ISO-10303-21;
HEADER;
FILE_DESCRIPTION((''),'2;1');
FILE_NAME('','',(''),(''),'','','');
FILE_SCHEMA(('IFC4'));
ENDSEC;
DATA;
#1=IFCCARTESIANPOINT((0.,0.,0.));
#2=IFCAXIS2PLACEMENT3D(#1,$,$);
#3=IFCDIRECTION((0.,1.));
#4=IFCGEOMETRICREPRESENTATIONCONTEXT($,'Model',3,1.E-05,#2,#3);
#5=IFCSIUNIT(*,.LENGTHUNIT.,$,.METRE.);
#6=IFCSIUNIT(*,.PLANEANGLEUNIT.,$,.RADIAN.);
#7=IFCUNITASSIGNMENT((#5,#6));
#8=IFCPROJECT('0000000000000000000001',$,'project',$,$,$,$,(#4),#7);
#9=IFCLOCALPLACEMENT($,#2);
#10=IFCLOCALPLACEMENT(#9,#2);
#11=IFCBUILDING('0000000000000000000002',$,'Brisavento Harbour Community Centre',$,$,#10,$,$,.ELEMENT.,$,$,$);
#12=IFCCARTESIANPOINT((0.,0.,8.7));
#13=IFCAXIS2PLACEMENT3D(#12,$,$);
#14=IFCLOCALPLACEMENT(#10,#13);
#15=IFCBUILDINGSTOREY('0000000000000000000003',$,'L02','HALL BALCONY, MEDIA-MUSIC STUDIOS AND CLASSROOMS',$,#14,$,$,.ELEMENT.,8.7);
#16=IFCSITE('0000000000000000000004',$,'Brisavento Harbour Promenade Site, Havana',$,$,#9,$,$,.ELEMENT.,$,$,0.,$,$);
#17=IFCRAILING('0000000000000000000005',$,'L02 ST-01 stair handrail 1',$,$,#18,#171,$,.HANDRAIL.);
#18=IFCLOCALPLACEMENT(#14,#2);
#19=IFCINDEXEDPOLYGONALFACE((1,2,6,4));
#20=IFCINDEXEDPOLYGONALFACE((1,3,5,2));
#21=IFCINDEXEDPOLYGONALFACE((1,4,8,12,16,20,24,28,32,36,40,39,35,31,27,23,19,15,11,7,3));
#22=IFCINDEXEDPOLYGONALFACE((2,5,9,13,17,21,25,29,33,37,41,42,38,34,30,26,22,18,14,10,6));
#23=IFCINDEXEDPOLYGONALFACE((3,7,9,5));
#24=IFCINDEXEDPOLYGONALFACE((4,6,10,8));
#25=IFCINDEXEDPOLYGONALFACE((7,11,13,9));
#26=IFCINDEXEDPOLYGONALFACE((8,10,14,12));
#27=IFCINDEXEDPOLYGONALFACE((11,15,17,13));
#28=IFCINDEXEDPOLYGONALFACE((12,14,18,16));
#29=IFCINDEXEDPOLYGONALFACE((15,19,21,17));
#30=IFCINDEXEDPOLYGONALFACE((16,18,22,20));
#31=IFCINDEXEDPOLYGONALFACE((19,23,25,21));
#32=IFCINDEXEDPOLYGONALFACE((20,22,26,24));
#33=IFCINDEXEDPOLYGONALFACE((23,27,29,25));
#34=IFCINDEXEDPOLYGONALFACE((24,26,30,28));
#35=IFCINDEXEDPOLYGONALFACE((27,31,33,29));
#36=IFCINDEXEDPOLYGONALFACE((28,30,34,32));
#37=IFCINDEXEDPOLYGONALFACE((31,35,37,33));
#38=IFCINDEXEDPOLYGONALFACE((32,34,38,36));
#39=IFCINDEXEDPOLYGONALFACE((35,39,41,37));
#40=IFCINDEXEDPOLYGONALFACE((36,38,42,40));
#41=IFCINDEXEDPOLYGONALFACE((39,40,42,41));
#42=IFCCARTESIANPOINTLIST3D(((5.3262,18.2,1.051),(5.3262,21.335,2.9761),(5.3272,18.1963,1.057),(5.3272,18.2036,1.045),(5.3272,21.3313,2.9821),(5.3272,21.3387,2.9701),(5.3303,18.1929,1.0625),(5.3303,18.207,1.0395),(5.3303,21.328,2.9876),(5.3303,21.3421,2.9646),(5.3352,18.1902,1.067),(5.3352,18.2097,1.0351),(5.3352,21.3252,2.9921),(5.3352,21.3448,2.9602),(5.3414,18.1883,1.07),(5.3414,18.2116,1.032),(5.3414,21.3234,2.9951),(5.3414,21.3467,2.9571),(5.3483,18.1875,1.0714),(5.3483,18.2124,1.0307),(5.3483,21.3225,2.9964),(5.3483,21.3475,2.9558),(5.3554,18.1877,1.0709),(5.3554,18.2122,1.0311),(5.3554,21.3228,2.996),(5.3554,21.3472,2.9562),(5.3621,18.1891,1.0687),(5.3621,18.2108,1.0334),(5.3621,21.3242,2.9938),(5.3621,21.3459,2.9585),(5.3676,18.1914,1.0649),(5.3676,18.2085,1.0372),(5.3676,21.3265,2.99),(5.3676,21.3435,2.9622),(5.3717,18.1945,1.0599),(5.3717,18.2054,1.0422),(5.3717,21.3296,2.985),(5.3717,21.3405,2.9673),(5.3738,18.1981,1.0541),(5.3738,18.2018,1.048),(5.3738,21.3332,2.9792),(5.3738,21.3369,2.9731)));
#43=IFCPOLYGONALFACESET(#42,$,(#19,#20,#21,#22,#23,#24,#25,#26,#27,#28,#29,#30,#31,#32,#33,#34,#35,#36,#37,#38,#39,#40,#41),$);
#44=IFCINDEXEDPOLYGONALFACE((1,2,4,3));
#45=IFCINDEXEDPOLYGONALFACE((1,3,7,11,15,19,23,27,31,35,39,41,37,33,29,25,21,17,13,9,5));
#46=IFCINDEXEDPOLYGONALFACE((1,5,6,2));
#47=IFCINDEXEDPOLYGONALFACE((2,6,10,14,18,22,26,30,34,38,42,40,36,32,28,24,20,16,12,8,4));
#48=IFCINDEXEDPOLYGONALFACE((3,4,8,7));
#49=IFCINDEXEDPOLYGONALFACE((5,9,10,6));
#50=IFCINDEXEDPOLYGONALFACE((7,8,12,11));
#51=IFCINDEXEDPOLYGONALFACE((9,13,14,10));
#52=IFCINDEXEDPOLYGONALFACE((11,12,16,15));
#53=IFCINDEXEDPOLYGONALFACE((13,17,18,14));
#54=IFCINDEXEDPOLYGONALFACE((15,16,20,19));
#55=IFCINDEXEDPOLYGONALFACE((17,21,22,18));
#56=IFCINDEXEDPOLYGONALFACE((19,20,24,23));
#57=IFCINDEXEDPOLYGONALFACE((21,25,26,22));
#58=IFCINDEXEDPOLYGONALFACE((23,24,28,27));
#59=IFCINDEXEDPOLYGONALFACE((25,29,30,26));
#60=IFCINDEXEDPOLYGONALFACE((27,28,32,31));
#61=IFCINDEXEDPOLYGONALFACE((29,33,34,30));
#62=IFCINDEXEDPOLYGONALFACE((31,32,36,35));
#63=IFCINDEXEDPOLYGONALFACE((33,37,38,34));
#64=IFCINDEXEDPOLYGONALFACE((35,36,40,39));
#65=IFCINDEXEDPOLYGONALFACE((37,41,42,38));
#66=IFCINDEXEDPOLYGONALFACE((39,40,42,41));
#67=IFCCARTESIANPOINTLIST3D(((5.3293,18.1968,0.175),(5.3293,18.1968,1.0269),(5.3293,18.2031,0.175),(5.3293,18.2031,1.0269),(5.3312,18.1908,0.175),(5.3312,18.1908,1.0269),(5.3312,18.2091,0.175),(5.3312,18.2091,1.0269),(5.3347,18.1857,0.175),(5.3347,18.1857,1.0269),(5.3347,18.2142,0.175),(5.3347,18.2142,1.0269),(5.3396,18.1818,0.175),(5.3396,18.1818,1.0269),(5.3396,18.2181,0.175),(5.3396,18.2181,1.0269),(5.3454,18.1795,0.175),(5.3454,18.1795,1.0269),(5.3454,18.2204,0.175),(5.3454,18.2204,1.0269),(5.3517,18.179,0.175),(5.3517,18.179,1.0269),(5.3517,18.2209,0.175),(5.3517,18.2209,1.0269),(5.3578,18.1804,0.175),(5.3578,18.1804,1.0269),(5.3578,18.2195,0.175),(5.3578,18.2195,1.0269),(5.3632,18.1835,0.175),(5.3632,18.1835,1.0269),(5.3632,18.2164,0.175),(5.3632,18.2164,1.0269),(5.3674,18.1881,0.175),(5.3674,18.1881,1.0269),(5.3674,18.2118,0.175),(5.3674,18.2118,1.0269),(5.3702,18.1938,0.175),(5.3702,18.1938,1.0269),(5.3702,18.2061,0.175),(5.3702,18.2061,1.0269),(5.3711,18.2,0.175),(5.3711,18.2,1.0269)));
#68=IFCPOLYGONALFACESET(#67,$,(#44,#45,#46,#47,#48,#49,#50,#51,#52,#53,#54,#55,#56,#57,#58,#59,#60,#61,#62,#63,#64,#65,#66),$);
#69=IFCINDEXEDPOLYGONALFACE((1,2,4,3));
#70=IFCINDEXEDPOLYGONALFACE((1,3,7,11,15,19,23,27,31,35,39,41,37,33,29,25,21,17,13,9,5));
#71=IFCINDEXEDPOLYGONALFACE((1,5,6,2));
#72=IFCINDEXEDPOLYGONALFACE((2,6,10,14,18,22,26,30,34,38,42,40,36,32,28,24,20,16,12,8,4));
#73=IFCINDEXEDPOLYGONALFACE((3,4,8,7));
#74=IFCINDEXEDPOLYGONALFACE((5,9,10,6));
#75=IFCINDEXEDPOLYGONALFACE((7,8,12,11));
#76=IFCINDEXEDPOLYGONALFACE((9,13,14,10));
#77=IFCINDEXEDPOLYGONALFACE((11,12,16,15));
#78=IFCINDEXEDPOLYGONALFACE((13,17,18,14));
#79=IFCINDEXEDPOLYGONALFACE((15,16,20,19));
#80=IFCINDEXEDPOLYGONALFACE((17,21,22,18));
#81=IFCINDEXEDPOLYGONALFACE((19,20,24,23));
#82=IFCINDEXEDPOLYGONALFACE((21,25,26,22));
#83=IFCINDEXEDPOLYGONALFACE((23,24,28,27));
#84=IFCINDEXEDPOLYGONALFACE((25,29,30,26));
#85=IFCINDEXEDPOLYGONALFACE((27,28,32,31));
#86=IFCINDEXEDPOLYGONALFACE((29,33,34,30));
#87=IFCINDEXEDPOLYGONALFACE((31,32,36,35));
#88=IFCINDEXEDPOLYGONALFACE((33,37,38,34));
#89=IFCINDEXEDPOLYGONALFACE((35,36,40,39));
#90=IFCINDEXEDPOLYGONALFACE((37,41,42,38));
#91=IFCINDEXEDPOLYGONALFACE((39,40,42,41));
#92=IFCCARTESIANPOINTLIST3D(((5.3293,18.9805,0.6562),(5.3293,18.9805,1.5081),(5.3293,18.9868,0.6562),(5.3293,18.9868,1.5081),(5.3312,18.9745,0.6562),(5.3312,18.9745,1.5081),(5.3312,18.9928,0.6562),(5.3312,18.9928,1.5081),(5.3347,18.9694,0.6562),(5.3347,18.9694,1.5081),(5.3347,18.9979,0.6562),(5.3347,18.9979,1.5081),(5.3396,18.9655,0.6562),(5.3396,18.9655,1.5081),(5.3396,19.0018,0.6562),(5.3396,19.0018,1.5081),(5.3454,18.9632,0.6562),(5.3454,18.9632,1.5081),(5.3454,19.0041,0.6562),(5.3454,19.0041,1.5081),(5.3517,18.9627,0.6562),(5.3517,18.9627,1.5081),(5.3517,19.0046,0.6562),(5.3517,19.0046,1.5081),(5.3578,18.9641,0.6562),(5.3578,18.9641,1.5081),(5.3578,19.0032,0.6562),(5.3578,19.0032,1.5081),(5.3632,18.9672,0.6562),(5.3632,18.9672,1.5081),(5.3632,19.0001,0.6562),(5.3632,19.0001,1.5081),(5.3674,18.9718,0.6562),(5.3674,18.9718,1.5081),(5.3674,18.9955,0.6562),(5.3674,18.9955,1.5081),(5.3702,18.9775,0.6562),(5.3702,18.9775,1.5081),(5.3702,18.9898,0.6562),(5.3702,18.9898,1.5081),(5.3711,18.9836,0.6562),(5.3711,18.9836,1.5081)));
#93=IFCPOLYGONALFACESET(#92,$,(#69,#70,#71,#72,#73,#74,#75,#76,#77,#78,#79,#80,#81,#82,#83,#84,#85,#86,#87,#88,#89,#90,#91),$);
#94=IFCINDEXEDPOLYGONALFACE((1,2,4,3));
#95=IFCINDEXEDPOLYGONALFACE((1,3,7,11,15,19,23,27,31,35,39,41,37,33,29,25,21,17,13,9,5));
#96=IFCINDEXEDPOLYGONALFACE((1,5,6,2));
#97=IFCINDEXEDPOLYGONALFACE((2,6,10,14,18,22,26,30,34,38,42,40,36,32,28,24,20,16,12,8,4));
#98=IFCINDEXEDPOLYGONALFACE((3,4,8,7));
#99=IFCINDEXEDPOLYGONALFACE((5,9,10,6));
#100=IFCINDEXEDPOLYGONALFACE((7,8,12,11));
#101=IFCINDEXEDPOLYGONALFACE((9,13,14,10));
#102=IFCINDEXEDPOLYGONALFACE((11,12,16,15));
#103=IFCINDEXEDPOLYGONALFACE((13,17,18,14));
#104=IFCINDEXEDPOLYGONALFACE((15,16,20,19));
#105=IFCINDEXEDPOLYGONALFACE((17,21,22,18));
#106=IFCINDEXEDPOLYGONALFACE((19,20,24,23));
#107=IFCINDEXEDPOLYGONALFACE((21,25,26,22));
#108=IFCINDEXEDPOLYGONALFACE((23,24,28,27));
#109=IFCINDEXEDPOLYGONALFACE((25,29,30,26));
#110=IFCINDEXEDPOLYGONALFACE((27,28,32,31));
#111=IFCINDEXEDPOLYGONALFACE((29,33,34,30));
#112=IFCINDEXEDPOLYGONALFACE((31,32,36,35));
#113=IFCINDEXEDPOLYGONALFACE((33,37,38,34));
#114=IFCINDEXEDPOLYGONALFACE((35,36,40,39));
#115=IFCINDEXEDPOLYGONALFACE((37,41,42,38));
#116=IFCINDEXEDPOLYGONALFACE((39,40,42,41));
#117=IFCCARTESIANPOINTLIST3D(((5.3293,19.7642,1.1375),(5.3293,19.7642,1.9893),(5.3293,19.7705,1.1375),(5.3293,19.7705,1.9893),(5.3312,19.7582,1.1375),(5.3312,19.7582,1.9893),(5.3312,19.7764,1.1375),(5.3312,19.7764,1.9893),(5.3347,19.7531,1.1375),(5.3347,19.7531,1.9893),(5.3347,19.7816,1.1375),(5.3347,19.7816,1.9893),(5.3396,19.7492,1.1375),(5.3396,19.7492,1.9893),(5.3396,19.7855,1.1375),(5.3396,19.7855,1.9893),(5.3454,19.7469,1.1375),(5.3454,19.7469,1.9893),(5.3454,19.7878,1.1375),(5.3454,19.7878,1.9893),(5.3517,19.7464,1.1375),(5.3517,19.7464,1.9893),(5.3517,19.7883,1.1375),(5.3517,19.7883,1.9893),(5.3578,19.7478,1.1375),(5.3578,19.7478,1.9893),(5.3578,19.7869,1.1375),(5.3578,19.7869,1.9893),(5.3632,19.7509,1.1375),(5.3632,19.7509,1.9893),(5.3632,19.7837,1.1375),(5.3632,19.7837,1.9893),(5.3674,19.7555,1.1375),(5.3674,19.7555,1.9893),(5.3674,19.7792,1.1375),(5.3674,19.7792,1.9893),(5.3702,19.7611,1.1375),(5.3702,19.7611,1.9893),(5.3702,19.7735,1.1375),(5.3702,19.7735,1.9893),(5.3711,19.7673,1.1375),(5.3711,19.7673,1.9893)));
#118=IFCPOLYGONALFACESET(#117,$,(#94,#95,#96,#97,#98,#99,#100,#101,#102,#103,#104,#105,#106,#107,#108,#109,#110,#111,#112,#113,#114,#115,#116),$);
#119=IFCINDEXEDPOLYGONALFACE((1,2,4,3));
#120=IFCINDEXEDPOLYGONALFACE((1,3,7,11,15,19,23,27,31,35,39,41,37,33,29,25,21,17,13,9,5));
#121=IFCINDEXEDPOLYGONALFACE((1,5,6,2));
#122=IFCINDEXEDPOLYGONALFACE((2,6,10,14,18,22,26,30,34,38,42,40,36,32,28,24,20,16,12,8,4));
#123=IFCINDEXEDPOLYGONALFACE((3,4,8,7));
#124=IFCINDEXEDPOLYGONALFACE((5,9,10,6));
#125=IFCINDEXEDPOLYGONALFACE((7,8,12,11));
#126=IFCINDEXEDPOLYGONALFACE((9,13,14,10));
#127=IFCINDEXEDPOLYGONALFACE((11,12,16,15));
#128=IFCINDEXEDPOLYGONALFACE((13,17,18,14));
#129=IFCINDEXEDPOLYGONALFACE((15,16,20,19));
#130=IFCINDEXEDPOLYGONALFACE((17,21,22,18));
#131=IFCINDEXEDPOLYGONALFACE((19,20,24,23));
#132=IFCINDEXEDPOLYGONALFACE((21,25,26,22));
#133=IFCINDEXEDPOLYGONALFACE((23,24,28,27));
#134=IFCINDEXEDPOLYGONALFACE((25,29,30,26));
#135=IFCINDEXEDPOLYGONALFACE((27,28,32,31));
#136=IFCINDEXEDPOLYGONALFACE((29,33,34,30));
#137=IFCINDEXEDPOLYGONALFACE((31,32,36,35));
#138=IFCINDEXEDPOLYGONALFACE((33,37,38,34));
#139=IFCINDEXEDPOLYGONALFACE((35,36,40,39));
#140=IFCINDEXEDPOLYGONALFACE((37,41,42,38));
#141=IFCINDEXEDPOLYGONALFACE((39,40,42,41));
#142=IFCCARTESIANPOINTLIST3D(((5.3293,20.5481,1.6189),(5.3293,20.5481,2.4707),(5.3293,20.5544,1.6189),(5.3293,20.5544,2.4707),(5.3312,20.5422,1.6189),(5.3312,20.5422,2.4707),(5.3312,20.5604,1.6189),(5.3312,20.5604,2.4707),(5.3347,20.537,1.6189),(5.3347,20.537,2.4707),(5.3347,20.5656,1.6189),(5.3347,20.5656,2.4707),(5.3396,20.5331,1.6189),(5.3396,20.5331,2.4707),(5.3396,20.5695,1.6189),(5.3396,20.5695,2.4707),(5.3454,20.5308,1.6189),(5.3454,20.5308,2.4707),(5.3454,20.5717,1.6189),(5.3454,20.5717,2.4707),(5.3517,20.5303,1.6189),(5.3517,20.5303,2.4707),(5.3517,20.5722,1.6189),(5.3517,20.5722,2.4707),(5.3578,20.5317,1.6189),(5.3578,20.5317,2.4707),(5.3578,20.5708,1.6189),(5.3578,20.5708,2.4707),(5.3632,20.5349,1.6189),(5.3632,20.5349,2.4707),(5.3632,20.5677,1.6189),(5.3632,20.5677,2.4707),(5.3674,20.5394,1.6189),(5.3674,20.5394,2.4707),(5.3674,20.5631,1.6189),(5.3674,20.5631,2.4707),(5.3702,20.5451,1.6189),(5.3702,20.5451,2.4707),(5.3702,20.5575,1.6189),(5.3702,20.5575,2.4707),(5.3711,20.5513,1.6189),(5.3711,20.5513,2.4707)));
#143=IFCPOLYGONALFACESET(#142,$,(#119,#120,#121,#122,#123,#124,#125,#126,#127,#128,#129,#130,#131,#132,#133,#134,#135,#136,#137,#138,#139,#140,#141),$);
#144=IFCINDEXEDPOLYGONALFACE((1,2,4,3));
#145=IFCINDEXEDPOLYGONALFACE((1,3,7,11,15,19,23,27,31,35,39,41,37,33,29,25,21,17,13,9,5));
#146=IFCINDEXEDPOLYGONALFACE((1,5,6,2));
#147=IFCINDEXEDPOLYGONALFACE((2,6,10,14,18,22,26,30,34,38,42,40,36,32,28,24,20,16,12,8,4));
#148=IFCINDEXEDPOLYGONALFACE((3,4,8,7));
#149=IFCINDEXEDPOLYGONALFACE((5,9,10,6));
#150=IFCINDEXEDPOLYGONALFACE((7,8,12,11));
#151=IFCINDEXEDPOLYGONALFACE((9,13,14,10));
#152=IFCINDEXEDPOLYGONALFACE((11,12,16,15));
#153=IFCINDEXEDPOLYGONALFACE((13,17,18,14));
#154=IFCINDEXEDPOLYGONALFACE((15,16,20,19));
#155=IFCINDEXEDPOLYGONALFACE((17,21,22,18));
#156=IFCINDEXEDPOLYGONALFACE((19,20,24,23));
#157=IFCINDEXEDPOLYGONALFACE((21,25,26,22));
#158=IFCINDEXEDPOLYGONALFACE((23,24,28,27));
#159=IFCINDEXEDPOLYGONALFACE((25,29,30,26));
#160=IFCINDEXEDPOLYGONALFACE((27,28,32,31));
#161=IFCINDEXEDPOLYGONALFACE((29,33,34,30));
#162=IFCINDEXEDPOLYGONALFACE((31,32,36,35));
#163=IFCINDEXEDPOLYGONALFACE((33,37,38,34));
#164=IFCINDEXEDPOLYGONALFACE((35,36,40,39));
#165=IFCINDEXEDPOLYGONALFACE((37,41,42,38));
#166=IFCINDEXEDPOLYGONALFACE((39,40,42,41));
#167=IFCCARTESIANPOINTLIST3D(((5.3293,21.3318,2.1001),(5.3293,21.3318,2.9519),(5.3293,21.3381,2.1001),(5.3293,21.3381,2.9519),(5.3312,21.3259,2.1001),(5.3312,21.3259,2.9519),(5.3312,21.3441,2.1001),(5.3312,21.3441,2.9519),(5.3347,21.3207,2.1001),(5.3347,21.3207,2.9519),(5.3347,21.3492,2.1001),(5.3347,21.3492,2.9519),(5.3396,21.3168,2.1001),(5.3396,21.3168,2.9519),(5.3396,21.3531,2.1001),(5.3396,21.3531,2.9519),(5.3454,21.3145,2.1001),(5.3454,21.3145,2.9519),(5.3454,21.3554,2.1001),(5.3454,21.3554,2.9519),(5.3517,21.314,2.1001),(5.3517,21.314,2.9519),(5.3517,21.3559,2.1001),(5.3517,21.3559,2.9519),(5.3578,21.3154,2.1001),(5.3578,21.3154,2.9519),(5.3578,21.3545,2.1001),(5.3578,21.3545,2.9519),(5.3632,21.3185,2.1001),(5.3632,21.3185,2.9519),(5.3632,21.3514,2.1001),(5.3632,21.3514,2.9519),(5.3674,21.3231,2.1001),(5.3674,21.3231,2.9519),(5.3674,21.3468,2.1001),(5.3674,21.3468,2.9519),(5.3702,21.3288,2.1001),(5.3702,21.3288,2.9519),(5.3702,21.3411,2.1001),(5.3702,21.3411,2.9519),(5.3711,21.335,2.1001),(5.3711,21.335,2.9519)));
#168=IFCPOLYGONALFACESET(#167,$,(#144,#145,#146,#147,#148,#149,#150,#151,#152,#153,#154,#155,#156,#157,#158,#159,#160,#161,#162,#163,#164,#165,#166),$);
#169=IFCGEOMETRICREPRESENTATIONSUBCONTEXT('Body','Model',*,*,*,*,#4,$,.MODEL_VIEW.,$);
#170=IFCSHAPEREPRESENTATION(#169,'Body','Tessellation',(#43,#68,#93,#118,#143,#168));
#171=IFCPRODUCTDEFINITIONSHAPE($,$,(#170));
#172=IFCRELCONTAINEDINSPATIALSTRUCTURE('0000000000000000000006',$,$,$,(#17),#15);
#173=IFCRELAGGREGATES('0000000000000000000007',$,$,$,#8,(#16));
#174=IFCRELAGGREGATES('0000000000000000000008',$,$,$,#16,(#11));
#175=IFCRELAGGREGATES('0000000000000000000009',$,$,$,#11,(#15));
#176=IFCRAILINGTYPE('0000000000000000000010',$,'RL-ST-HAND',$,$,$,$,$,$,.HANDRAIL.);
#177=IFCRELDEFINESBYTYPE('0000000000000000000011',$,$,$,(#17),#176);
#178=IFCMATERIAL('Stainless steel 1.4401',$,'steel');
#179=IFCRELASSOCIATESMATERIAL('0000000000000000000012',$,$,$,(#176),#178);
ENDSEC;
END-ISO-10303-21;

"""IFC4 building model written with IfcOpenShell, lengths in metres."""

from ifc_helpers import new_model, si_unit, direction, frame, origin, origin_2d, place, context, subcontext, project, spatial, circle, extrude, material, type_object, element, save


model = new_model("IFC4")

# Units and contexts
model_context = context("Model", 3, precision=1e-05, world=origin(), true_north=direction((0.0, 1.0)))
body_context = subcontext(model_context, "Body", "Model", "MODEL_VIEW")
ifc_project = project(units=[si_unit("LENGTHUNIT", "METRE"), si_unit("PLANEANGLEUNIT", "RADIAN")], contexts=[model_context])

# Site, building, storey
site_placement = place(None, origin())
site = spatial("IfcSite", under=ifc_project, at=site_placement, Name="Brisavento Harbour Promenade Site, Havana", CompositionType="ELEMENT", RefElevation=0.0)
building_placement = place(site_placement, origin())
building = spatial("IfcBuilding", under=site, at=building_placement, Name="Brisavento Harbour Community Centre", CompositionType="ELEMENT")
storey_placement = place(building_placement, frame((0.0, 0.0, 8.7)))
storey = spatial("IfcBuildingStorey", under=building, at=storey_placement, Name="L02", Description="HALL BALCONY, MEDIA-MUSIC STUDIOS AND CLASSROOMS", CompositionType="ELEMENT", Elevation=8.7)

# Railing
ifc_material_1 = material(Name="Stainless steel 1.4401", Category="steel")
railing_type_1 = type_object("IfcRailingType", Name="RL-ST-HAND", PredefinedType="HANDRAIL", material=ifc_material_1)
railing_1_placement = place(storey_placement, frame((5.3501, 18.2, 0.175)))
element("IfcRailing", 1, at=railing_1_placement, inside=storey, type_object=railing_type_1, Name="L02 ST-01 stair handrail 1", PredefinedType="HANDRAIL", context=body_context, shape_type="SweptSolid", body=[
    extrude(circle(Radius=0.0239, at=origin_2d()), frame((0.0, 0.0, 0.876), z_axis=(0.0, 0.852166, 0.523271), x_axis=(-1.0, 0.0, 0.0)), (0.0, 0.0, 1.0), 3.679),
    extrude(circle(Radius=0.021, at=origin_2d()), origin(), (0.0, 0.0, 1.0), 0.8518),
    extrude(circle(Radius=0.021, at=origin_2d()), frame((0.0, 0.7837, 0.4812)), (0.0, 0.0, 1.0), 0.8518),
    extrude(circle(Radius=0.021, at=origin_2d()), frame((0.0, 1.5674, 0.9624)), (0.0, 0.0, 1.0), 0.8518),
    extrude(circle(Radius=0.021, at=origin_2d()), frame((0.0, 2.3513, 1.4438)), (0.0, 0.0, 1.0), 0.8518),
    extrude(circle(Radius=0.021, at=origin_2d()), frame((0.0, 3.135, 1.925)), (0.0, 0.0, 1.0), 0.8518),
])

save(model, "model.ifc")
